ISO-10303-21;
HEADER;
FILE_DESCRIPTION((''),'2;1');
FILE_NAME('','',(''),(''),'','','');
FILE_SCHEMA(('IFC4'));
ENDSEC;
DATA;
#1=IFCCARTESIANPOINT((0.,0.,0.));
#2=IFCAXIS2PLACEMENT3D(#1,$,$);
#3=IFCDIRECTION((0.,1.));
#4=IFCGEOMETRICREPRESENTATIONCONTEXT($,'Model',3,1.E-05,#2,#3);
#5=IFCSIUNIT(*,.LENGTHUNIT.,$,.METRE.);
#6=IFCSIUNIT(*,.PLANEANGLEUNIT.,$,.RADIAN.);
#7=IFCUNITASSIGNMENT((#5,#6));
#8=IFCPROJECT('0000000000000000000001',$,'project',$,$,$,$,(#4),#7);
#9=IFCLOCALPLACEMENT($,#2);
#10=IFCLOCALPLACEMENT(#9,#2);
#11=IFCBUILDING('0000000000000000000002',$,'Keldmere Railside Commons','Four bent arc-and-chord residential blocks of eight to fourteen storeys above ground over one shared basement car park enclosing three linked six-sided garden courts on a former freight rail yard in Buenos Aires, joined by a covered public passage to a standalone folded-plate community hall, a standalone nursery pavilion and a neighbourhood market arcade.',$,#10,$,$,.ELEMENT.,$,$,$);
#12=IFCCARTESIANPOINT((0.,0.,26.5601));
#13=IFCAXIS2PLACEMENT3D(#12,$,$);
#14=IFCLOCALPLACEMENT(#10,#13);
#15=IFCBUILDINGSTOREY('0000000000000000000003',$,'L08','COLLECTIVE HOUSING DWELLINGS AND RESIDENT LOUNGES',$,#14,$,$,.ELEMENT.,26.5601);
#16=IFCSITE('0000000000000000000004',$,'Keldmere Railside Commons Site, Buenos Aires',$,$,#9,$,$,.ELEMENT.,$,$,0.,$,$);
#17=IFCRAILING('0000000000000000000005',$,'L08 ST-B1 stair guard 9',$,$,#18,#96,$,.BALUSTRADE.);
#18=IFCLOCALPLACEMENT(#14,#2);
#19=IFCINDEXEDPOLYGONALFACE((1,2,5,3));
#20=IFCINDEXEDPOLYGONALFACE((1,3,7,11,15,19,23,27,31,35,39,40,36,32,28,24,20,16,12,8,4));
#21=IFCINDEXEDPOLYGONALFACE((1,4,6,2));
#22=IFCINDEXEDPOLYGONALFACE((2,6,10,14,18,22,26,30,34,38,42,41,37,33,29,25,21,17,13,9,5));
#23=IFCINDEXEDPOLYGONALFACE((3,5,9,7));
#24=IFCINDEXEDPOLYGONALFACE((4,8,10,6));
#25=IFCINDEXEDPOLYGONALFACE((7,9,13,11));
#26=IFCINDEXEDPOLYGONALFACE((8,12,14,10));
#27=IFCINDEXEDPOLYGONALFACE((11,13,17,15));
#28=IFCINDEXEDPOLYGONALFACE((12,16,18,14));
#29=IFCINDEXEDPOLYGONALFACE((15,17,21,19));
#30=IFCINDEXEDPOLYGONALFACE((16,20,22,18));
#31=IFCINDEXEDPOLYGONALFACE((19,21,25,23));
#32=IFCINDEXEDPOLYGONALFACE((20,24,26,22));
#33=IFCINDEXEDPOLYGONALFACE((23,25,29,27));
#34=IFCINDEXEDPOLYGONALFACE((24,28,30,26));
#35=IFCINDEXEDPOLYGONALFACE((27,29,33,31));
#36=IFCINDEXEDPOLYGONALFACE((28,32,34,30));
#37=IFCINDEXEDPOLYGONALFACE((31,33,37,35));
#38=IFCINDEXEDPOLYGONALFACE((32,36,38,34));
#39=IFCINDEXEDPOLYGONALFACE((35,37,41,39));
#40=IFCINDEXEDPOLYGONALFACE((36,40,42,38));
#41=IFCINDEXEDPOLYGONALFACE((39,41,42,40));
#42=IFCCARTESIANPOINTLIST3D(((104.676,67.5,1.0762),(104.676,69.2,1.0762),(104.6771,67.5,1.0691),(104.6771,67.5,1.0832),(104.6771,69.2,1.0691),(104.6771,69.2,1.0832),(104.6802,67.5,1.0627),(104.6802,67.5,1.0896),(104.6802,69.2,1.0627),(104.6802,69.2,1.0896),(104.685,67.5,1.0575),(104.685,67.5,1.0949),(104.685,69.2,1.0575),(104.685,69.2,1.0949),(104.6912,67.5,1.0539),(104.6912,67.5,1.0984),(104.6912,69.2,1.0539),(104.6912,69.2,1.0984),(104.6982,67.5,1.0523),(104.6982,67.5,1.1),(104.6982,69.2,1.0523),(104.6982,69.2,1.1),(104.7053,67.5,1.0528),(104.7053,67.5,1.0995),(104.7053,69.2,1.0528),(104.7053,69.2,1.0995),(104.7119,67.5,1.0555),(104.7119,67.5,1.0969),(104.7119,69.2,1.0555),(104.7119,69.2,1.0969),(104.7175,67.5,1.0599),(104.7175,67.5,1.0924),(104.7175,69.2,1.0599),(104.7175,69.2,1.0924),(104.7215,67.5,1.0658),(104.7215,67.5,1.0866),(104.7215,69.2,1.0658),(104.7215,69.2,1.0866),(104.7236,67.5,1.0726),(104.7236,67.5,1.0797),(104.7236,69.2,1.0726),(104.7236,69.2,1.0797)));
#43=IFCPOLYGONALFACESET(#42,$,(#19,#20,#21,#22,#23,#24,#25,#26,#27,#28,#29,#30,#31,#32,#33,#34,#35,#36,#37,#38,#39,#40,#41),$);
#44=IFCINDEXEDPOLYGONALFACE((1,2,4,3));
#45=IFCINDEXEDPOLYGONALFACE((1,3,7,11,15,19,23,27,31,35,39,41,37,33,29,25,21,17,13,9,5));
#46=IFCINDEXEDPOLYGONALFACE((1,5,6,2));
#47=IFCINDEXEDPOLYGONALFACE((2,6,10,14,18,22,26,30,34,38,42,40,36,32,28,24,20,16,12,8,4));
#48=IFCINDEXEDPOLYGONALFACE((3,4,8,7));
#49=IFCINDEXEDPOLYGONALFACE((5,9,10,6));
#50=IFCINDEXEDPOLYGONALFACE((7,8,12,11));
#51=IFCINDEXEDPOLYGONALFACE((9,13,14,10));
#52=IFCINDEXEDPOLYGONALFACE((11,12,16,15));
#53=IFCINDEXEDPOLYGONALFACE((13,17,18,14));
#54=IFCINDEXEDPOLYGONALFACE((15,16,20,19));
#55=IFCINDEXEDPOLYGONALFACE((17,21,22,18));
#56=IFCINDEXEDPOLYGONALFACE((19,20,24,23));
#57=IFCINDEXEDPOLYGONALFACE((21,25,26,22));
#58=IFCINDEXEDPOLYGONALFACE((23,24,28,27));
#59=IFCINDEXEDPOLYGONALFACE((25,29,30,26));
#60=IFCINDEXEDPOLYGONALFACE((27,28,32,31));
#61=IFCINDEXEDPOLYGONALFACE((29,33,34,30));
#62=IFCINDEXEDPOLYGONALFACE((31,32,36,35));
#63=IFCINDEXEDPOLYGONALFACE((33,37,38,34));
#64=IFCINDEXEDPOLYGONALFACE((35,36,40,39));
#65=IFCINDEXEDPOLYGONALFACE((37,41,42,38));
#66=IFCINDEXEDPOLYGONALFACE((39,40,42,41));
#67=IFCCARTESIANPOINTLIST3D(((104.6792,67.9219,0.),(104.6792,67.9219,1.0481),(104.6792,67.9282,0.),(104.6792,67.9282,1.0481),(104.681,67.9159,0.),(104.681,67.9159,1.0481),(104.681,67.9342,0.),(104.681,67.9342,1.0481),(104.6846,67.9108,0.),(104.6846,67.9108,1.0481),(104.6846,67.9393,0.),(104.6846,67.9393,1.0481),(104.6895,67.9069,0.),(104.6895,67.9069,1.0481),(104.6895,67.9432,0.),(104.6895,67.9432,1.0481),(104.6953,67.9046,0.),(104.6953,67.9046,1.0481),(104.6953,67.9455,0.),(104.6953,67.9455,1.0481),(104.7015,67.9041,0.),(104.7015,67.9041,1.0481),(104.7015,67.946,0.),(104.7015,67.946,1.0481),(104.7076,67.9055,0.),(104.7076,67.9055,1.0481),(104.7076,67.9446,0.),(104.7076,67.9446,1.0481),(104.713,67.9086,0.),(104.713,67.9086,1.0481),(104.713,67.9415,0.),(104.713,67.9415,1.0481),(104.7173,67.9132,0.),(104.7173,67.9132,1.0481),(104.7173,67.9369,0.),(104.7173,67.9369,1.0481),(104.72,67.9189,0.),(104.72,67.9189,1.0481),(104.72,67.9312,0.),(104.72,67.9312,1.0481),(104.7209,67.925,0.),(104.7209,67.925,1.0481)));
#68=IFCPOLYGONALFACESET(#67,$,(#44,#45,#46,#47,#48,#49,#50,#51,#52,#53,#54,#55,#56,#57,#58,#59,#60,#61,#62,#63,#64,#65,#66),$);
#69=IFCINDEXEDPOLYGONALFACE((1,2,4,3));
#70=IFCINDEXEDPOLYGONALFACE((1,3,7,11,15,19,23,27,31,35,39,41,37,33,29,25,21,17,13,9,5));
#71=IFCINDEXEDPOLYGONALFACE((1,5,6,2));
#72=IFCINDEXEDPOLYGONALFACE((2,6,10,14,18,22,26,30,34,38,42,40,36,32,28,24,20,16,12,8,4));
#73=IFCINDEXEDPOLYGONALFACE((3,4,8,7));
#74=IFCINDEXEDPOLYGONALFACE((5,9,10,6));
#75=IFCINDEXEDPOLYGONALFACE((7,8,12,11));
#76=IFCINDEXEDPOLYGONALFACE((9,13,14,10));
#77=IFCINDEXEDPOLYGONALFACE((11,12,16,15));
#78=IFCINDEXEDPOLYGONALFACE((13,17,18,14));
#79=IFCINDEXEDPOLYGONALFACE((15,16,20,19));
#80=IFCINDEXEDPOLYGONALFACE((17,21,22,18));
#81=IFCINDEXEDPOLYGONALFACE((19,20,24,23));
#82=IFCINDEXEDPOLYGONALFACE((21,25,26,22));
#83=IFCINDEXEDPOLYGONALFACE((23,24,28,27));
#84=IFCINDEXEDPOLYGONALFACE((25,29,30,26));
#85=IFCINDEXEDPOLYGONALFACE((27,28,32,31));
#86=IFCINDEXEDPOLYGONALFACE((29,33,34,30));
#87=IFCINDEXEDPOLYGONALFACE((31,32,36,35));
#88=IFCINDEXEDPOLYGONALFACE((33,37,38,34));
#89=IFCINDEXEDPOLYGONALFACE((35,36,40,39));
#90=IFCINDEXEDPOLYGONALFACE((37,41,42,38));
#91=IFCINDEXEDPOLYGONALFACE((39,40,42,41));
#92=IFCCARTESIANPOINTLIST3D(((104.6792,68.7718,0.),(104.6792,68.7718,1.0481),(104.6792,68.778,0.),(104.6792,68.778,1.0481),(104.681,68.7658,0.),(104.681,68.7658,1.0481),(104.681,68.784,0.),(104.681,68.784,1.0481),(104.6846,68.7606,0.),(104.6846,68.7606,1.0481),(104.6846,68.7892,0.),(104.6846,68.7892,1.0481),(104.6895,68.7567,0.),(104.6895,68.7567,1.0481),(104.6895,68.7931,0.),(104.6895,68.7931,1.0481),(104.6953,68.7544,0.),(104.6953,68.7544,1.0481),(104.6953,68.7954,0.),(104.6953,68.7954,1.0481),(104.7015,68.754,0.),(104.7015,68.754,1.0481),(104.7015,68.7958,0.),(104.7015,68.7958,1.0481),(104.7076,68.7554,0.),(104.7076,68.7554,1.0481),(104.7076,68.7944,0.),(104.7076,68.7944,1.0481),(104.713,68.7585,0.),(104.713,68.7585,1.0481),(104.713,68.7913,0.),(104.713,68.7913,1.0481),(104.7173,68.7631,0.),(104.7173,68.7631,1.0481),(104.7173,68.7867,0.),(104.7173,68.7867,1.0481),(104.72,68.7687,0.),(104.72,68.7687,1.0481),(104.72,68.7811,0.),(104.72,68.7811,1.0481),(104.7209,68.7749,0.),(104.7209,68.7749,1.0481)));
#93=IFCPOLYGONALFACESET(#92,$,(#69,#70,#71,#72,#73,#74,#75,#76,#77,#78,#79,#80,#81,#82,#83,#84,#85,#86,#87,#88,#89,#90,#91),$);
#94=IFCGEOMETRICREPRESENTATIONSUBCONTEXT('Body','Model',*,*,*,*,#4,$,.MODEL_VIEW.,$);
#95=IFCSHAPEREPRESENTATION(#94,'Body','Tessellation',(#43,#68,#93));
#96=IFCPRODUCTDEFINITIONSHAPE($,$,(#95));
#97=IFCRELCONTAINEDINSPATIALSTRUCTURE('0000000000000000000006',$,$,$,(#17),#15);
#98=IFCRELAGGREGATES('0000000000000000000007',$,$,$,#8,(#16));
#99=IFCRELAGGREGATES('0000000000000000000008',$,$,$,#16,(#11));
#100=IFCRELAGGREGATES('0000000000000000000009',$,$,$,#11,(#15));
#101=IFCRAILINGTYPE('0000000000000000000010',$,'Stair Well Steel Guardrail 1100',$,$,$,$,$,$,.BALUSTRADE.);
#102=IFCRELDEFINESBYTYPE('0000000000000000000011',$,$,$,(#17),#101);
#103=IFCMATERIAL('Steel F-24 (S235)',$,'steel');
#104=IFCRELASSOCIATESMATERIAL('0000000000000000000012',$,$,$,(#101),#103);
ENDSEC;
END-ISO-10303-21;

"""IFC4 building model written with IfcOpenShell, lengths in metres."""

from ifc_helpers import new_model, si_unit, direction, frame, origin, origin_2d, place, context, subcontext, project, spatial, circle, extrude, material, type_object, element, save


model = new_model("IFC4")

# Units and contexts
model_context = context("Model", 3, precision=1e-05, world=origin(), true_north=direction((0.0, 1.0)))
body_context = subcontext(model_context, "Body", "Model", "MODEL_VIEW")
ifc_project = project(units=[si_unit("LENGTHUNIT", "METRE"), si_unit("PLANEANGLEUNIT", "RADIAN")], contexts=[model_context])

# Site, building, storey
site_placement = place(None, origin())
site = spatial("IfcSite", under=ifc_project, at=site_placement, Name="Keldmere Railside Commons Site, Buenos Aires", CompositionType="ELEMENT", RefElevation=0.0)
building_placement = place(site_placement, origin())
building = spatial("IfcBuilding", under=site, at=building_placement, Name="Keldmere Railside Commons", Description="Four bent arc-and-chord residential blocks of eight to fourteen storeys above ground over one shared basement car park enclosing three linked six-sided garden courts on a former freight rail yard in Buenos Aires, joined by a covered public passage to a standalone folded-plate community hall, a standalone nursery pavilion and a neighbourhood market arcade.", CompositionType="ELEMENT")
storey_placement = place(building_placement, frame((0.0, 0.0, 26.5601)))
storey = spatial("IfcBuildingStorey", under=building, at=storey_placement, Name="L08", Description="COLLECTIVE HOUSING DWELLINGS AND RESIDENT LOUNGES", CompositionType="ELEMENT", Elevation=26.5601)

# Railing
ifc_material_1 = material(Name="Steel F-24 (S235)", Category="steel")
railing_type_1 = type_object("IfcRailingType", Name="Stair Well Steel Guardrail 1100", PredefinedType="BALUSTRADE", material=ifc_material_1)
railing_1_placement = place(storey_placement, frame((104.7, 67.5, 0.0)))
element("IfcRailing", 1, at=railing_1_placement, inside=storey, type_object=railing_type_1, Name="L08 ST-B1 stair guard 9", PredefinedType="BALUSTRADE", context=body_context, shape_type="SweptSolid", body=[
    extrude(circle(Radius=0.0239, at=origin_2d()), frame((0.0, 0.0, 1.0762), z_axis=(0.0, 1.0, 0.0), x_axis=(-1.0, 0.0, 0.0)), (0.0, 0.0, 1.0), 1.7),
    extrude(circle(Radius=0.021, at=origin_2d()), frame((0.0, 0.425, 0.0)), (0.0, 0.0, 1.0), 1.0481),
    extrude(circle(Radius=0.021, at=origin_2d()), frame((0.0, 1.2749, 0.0)), (0.0, 0.0, 1.0), 1.0481),
])

save(model, "model.ifc")
